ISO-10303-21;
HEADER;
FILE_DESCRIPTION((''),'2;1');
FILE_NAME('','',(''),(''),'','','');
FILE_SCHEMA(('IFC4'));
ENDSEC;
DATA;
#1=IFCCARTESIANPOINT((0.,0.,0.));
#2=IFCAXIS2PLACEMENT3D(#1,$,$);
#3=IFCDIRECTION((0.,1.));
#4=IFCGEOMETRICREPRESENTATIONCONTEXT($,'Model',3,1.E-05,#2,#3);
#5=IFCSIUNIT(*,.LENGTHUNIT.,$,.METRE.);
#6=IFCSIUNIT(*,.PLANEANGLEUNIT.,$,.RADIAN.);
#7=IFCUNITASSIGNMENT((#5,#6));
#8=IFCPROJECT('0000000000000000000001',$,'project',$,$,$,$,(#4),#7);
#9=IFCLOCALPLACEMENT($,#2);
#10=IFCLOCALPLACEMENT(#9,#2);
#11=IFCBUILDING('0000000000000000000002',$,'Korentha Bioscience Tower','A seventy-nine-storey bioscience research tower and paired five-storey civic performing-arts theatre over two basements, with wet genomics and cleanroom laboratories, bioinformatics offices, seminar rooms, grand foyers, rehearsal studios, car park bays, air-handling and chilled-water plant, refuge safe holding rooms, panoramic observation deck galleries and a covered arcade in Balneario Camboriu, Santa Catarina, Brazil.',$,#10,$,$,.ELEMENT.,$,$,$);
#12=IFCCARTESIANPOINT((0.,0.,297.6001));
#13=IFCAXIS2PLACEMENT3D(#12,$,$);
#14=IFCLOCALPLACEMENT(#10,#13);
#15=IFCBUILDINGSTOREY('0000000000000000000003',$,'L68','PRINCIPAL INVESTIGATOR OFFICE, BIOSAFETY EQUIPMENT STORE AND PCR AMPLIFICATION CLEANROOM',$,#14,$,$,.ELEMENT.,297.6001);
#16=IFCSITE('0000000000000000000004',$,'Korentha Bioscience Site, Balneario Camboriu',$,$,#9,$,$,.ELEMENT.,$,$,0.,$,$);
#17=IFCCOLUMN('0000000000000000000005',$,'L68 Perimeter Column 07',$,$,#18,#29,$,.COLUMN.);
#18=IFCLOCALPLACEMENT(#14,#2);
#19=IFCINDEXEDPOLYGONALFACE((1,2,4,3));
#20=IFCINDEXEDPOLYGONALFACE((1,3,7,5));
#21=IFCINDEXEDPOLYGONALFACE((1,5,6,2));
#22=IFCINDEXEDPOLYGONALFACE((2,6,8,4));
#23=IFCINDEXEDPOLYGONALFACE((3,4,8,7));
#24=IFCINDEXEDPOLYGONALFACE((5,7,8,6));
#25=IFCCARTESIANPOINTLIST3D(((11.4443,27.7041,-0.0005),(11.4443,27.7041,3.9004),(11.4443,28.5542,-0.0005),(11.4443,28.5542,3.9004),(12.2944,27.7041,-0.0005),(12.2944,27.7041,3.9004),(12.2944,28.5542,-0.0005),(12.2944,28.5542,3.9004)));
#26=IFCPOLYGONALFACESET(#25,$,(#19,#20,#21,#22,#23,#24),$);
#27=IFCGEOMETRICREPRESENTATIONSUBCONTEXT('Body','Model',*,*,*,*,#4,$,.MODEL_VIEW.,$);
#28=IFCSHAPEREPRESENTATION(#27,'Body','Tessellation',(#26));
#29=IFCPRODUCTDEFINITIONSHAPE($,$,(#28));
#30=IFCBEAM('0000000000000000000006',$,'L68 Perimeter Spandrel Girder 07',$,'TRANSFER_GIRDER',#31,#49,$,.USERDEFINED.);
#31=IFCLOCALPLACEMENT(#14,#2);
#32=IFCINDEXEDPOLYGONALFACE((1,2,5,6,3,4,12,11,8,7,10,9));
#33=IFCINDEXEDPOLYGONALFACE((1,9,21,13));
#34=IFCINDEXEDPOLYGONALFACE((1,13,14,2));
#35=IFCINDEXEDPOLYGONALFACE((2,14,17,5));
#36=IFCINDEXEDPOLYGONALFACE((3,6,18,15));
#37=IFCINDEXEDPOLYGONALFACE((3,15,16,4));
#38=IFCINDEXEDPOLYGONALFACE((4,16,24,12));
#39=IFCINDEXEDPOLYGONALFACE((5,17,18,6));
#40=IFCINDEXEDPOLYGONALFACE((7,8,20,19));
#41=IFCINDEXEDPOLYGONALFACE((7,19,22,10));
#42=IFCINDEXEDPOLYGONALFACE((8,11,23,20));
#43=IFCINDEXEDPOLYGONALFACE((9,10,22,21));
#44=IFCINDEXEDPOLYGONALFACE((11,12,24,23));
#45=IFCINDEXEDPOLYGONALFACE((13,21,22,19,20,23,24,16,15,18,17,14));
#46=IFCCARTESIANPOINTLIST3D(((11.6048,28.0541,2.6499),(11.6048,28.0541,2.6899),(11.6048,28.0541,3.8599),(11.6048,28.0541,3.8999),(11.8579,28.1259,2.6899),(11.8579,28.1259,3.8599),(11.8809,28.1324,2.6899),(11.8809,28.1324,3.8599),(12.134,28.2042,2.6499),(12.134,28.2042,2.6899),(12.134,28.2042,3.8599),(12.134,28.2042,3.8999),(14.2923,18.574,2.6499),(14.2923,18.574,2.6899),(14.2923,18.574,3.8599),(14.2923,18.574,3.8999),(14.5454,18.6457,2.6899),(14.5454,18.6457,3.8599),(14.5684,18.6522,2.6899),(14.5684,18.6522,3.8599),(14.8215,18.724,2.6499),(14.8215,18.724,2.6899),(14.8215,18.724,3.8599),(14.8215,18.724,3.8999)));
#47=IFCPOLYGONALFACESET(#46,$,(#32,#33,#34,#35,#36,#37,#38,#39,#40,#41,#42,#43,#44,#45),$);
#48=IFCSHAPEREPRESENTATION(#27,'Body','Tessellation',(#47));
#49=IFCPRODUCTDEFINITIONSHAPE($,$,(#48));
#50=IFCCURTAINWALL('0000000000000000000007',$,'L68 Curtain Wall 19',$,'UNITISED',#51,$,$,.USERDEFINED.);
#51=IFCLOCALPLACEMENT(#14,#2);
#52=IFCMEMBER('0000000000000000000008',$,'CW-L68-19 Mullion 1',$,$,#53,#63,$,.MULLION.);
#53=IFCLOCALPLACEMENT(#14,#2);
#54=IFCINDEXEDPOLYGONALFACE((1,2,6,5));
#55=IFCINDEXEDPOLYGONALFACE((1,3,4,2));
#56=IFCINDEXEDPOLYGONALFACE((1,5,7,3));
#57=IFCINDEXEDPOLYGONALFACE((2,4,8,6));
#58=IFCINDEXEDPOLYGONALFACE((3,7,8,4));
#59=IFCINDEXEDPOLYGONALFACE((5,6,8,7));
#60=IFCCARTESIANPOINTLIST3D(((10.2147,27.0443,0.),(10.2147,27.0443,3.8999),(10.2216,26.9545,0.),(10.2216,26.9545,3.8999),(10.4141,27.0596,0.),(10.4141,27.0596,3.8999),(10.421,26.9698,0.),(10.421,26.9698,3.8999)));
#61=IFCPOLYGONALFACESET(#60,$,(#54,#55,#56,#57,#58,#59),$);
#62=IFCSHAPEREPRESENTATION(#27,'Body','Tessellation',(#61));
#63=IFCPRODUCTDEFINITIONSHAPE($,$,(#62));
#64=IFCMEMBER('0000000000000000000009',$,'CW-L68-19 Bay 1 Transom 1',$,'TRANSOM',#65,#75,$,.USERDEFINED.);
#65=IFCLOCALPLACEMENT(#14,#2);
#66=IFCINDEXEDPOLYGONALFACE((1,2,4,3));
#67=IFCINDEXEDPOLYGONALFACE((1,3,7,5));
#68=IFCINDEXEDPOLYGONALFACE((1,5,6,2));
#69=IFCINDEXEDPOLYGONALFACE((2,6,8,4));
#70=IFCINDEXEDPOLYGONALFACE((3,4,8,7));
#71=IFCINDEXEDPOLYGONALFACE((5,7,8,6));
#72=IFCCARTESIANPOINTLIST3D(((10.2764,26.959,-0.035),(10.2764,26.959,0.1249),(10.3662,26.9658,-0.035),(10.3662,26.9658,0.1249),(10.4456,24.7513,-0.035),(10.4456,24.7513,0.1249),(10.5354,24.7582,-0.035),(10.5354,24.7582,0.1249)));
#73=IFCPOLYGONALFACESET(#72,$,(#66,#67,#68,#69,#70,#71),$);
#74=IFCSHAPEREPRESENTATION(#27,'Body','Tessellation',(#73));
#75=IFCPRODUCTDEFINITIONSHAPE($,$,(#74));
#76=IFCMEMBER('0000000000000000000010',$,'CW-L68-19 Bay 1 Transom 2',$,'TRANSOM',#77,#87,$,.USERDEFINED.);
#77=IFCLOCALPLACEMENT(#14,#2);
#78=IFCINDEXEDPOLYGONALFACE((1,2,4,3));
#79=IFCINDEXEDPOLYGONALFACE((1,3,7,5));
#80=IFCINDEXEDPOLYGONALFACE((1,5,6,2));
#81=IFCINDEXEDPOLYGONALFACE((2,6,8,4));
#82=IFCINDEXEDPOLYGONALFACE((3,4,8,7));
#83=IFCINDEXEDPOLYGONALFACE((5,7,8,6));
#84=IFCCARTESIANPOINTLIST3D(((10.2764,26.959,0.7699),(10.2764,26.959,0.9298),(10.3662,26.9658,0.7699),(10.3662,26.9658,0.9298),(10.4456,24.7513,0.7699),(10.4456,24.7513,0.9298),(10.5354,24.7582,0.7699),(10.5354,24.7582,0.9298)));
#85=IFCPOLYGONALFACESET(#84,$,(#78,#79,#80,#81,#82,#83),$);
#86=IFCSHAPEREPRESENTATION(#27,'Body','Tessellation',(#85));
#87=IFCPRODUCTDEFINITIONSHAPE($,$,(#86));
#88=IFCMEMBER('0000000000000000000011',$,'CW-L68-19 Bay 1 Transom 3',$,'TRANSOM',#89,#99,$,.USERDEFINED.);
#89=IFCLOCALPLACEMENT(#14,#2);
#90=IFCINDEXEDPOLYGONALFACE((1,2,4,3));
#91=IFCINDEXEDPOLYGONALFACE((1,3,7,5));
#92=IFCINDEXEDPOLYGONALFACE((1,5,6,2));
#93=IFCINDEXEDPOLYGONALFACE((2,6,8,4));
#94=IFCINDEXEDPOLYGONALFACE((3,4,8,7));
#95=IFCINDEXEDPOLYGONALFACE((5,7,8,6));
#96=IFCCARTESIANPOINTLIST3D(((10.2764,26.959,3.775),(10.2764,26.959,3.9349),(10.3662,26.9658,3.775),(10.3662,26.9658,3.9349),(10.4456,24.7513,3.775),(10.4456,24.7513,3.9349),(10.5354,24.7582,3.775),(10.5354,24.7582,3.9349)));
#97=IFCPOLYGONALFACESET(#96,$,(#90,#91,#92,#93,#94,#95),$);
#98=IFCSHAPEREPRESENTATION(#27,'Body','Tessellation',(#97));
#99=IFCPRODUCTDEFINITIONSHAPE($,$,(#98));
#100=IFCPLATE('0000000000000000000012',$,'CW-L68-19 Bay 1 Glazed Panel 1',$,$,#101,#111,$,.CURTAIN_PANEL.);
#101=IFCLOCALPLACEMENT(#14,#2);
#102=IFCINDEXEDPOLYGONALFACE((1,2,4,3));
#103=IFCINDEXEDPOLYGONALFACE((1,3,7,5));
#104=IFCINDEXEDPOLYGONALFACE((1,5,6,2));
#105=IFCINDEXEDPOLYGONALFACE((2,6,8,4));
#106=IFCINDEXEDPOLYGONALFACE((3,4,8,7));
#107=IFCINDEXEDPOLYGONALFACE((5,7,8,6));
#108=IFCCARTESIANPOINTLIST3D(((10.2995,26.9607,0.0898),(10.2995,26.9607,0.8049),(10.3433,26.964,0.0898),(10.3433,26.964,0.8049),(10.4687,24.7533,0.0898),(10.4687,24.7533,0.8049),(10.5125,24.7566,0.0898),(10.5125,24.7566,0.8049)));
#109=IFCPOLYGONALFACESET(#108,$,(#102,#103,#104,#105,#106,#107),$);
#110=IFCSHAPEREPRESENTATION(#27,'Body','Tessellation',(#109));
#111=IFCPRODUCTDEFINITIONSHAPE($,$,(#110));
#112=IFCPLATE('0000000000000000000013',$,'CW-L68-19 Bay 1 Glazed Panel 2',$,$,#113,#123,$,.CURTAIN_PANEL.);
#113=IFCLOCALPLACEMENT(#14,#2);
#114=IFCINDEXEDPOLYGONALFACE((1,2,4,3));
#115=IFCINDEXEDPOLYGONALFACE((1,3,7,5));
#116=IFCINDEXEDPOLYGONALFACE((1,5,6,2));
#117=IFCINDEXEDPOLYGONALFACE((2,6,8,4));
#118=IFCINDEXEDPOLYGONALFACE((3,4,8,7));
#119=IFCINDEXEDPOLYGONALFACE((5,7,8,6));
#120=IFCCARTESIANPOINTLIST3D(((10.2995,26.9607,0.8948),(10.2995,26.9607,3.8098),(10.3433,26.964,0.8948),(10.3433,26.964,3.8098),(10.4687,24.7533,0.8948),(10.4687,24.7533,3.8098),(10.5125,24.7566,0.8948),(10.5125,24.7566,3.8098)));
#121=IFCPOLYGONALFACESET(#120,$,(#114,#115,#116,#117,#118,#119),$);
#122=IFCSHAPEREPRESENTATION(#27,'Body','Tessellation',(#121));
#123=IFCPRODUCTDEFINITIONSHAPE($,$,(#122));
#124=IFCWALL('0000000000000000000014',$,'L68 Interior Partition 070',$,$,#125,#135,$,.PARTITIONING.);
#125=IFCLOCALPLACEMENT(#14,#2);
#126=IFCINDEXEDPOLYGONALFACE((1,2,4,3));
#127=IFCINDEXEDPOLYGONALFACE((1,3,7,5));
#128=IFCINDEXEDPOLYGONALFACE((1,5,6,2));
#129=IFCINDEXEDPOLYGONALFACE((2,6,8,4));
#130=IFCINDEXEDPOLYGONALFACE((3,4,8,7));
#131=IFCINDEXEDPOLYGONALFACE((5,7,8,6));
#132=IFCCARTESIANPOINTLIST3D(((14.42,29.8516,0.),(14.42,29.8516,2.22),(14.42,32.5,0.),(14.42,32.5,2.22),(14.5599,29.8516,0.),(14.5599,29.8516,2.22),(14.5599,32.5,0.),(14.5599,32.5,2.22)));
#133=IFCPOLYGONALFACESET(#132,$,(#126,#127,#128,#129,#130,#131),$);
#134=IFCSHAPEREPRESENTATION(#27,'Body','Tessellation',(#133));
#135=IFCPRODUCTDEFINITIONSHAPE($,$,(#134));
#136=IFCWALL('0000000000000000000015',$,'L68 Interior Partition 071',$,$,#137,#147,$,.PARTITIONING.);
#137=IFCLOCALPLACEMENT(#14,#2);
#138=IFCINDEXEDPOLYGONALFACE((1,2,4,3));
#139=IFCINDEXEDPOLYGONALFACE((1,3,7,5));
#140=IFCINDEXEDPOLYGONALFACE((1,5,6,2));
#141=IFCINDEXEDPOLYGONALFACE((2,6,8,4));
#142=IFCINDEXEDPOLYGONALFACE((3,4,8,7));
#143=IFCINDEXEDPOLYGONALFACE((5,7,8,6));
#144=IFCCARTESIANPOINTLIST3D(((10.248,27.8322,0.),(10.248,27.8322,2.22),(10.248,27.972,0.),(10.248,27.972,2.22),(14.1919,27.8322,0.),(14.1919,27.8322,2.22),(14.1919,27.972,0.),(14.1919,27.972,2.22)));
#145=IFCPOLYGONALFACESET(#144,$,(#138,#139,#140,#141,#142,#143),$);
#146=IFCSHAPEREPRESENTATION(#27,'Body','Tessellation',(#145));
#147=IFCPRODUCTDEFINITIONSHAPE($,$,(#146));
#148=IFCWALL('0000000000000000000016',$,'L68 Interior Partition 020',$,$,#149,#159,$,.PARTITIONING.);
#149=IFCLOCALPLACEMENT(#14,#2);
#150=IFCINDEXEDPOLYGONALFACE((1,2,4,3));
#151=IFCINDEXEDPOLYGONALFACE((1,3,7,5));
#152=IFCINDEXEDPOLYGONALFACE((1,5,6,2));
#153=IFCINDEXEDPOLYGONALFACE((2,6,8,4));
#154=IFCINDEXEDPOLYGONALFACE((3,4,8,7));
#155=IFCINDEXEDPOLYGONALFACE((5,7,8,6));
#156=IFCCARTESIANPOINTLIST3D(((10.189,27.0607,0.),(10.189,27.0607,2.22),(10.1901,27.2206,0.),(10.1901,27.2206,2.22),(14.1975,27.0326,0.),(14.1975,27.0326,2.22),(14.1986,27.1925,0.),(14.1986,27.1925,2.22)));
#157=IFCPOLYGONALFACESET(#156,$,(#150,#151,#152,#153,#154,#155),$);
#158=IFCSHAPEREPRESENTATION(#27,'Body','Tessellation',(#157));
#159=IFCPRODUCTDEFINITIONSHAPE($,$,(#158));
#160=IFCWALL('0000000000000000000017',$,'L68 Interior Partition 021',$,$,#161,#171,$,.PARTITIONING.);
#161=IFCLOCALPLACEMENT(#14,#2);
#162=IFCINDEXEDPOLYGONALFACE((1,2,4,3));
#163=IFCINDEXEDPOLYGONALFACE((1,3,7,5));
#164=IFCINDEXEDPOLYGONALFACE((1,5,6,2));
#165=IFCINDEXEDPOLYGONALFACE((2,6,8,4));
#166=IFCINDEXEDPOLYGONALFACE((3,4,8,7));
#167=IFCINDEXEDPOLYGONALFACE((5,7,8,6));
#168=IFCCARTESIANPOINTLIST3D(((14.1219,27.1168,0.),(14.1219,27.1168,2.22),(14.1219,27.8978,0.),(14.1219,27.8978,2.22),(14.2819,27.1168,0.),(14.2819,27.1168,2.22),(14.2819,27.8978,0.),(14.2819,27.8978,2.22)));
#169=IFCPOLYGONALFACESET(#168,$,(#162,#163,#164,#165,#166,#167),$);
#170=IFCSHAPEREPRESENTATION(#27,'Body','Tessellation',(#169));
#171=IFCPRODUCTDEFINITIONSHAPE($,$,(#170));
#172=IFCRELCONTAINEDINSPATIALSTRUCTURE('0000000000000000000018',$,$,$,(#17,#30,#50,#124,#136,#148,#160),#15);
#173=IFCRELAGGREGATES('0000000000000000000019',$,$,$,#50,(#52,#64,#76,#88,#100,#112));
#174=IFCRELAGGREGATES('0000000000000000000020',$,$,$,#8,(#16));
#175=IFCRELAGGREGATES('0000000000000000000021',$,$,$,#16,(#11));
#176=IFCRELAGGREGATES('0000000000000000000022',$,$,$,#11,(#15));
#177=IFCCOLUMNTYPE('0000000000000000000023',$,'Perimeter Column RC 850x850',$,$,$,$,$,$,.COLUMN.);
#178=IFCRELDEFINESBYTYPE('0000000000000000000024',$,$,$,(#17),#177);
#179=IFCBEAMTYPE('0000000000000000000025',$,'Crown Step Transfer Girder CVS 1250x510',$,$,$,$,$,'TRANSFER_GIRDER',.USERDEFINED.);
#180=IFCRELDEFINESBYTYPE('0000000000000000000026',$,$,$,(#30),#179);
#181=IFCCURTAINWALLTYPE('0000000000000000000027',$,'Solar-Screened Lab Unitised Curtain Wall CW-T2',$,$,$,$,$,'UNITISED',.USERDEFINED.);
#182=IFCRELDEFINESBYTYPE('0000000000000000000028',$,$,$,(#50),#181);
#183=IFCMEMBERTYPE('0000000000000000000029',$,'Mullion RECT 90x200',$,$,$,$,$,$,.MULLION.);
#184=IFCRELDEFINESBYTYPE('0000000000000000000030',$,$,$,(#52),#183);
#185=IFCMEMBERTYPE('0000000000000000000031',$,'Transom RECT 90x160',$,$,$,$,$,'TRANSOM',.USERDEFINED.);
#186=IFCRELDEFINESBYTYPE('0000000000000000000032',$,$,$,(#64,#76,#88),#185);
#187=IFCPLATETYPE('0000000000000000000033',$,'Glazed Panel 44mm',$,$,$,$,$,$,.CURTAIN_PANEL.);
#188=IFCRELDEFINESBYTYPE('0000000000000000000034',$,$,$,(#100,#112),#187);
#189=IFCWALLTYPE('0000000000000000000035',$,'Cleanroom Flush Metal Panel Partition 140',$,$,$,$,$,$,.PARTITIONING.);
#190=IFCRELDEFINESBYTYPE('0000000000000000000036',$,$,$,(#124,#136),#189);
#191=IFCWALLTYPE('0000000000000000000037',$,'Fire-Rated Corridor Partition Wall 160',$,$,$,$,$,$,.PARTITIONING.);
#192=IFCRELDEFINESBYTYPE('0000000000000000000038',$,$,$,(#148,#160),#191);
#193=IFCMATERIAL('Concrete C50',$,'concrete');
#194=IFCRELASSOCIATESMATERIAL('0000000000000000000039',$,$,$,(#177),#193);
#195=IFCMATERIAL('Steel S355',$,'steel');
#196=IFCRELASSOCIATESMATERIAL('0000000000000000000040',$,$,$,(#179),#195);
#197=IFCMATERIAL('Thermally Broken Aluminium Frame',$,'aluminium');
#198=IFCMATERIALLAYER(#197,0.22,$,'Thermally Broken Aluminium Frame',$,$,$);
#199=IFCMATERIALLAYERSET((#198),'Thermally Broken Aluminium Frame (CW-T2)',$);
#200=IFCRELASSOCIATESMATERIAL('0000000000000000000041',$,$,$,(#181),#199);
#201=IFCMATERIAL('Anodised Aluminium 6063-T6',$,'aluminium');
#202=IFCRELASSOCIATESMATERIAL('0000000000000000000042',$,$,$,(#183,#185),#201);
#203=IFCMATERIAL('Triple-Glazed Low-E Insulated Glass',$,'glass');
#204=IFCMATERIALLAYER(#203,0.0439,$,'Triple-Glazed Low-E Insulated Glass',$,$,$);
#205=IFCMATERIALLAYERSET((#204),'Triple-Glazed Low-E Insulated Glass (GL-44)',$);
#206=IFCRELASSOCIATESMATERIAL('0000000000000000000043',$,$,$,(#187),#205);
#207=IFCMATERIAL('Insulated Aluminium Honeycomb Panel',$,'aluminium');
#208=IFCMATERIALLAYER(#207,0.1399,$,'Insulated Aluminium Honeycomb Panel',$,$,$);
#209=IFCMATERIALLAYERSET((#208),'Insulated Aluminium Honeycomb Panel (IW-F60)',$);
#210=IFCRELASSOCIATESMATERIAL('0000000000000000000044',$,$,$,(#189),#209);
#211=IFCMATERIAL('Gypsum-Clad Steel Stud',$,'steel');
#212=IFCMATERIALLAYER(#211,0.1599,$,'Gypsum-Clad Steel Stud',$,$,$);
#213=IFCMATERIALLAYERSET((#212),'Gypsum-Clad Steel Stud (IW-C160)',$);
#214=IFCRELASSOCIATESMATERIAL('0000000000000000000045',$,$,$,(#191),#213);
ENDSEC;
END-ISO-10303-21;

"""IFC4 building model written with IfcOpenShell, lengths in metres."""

from ifc_helpers import new_model, si_unit, direction, frame, frame_2d, origin, origin_2d, place, context, subcontext, project, spatial, rectangle, i_section, extrude, material, layer, layer_set, material_profile, profile_set, type_object, element, aggregate, save


model = new_model("IFC4")

# Units and contexts
model_context = context("Model", 3, precision=1e-05, world=origin(), true_north=direction((0.0, 1.0)))
body_context = subcontext(model_context, "Body", "Model", "MODEL_VIEW")
ifc_project = project(units=[si_unit("LENGTHUNIT", "METRE"), si_unit("PLANEANGLEUNIT", "RADIAN")], contexts=[model_context])

# Site, building, storey
site_placement = place(None, origin())
site = spatial("IfcSite", under=ifc_project, at=site_placement, Name="Korentha Bioscience Site, Balneario Camboriu", CompositionType="ELEMENT", RefElevation=0.0)
building_placement = place(site_placement, origin())
building = spatial("IfcBuilding", under=site, at=building_placement, Name="Korentha Bioscience Tower", Description="A seventy-nine-storey bioscience research tower and paired five-storey civic performing-arts theatre over two basements, with wet genomics and cleanroom laboratories, bioinformatics offices, seminar rooms, grand foyers, rehearsal studios, car park bays, air-handling and chilled-water plant, refuge safe holding rooms, panoramic observation deck galleries and a covered arcade in Balneario Camboriu, Santa Catarina, Brazil.", CompositionType="ELEMENT")
storey_placement = place(building_placement, frame((0.0, 0.0, 297.6001)))
storey = spatial("IfcBuildingStorey", under=building, at=storey_placement, Name="L68", Description="PRINCIPAL INVESTIGATOR OFFICE, BIOSAFETY EQUIPMENT STORE AND PCR AMPLIFICATION CLEANROOM", CompositionType="ELEMENT", Elevation=297.6001)

# Column
ifc_material_1 = material(Name="Concrete C50", Category="concrete")
ifc_material_profile_1 = material_profile(ifc_material_1, rectangle(XDim=0.8501, YDim=0.8501, at=origin_2d()), Name="Concrete C50")
ifc_profile_set_1 = profile_set([ifc_material_profile_1], Name="Concrete C50 (COL-P08)")
column_type = type_object("IfcColumnType", Name="Perimeter Column RC 850x850", PredefinedType="COLUMN", material=ifc_profile_set_1)
column_placement = place(storey_placement, frame((11.8694, 28.1292, -0.0005), z_axis=(0.0, 0.0, 1.0), x_axis=(0.0, 1.0, 0.0)))
element("IfcColumn", 1, at=column_placement, inside=storey, type_object=column_type, Name="L68 Perimeter Column 07", PredefinedType="COLUMN", context=body_context, shape_type="SweptSolid", body=[
    extrude(rectangle(XDim=0.8501, YDim=0.8501, at=origin_2d()), origin(), (0.0, 0.0, 1.0), 3.9009),
])

# Beam
ifc_material_2 = material(Name="Steel S355", Category="steel")
ifc_material_profile_2 = material_profile(ifc_material_2, i_section(OverallWidth=0.55, OverallDepth=1.25, WebThickness=0.0239, FlangeThickness=0.04, at=origin_2d()), Name="Steel S355")
ifc_profile_set_2 = profile_set([ifc_material_profile_2], Name="Steel S355 (TG-03)")
beam_type = type_object("IfcBeamType", Name="Crown Step Transfer Girder CVS 1250x510", ElementType="TRANSFER_GIRDER", PredefinedType="USERDEFINED", material=ifc_profile_set_2)
beam_placement = place(storey_placement, frame((11.8694, 28.1292, 3.2749), z_axis=(0.272738, -0.962088, 0.0), x_axis=(0.962088, 0.272738, 0.0)))
element("IfcBeam", 2, at=beam_placement, inside=storey, type_object=beam_type, Name="L68 Perimeter Spandrel Girder 07", ObjectType="TRANSFER_GIRDER", PredefinedType="USERDEFINED", context=body_context, shape_type="SweptSolid", body=[
    extrude(i_section(OverallWidth=0.55, OverallDepth=1.25, WebThickness=0.0239, FlangeThickness=0.04, at=origin_2d()), origin(), (0.0, 0.0, 1.0), 9.8538),
])

# Curtain wall, members, plates
ifc_material_3 = material(Name="Thermally Broken Aluminium Frame", Category="aluminium")
ifc_layer_1 = layer(ifc_material_3, 0.22, Name="Thermally Broken Aluminium Frame")
ifc_layer_set_1 = layer_set([ifc_layer_1], Name="Thermally Broken Aluminium Frame (CW-T2)")
curtain_wall_type = type_object("IfcCurtainWallType", Name="Solar-Screened Lab Unitised Curtain Wall CW-T2", ElementType="UNITISED", PredefinedType="USERDEFINED", material=ifc_layer_set_1)
curtain_wall_placement = place(storey_placement, origin())
curtain_wall = element("IfcCurtainWall", 3, at=curtain_wall_placement, inside=storey, type_object=curtain_wall_type, Name="L68 Curtain Wall 19", ObjectType="UNITISED", PredefinedType="USERDEFINED")
ifc_material_4 = material(Name="Anodised Aluminium 6063-T6", Category="aluminium")
ifc_material_profile_3 = material_profile(ifc_material_4, rectangle(XDim=0.0901, YDim=0.2, at=origin_2d()), Name="Anodised Aluminium 6063-T6")
ifc_profile_set_3 = profile_set([ifc_material_profile_3], Name="Anodised Aluminium 6063-T6 (CW-MUL)")
member_type_1 = type_object("IfcMemberType", Name="Mullion RECT 90x200", PredefinedType="MULLION", material=ifc_profile_set_3)
member_1_placement = place(storey_placement, frame((10.3179, 27.0071, 0.0), z_axis=(0.0, 0.0, 1.0), x_axis=(0.076447, -0.997074, 0.0)))
member_1 = element("IfcMember", 4, at=member_1_placement, type_object=member_type_1, Name="CW-L68-19 Mullion 1", PredefinedType="MULLION", context=body_context, shape_type="SweptSolid", body=[
    extrude(rectangle(XDim=0.0901, YDim=0.2, at=origin_2d()), origin(), (0.0, 0.0, 1.0), 3.8999),
])
ifc_material_profile_4 = material_profile(ifc_material_4, rectangle(XDim=0.0901, YDim=0.1599, at=origin_2d()), Name="Anodised Aluminium 6063-T6")
ifc_profile_set_4 = profile_set([ifc_material_profile_4], Name="Anodised Aluminium 6063-T6 (CW-TRN)")
member_type_2 = type_object("IfcMemberType", Name="Transom RECT 90x160", ElementType="TRANSOM", PredefinedType="USERDEFINED", material=ifc_profile_set_4)
member_2_placement = place(storey_placement, frame((10.3213, 26.9624, 0.0449), z_axis=(0.076418, -0.997076, 0.0), x_axis=(0.997076, 0.076418, 0.0)))
member_2 = element("IfcMember", 5, at=member_2_placement, type_object=member_type_2, Name="CW-L68-19 Bay 1 Transom 1", ObjectType="TRANSOM", PredefinedType="USERDEFINED", context=body_context, shape_type="SweptSolid", body=[
    extrude(rectangle(XDim=0.0901, YDim=0.1599, at=origin_2d()), origin(), (0.0, 0.0, 1.0), 2.2141),
])
member_3_placement = place(storey_placement, frame((10.3213, 26.9624, 0.8499), z_axis=(0.076418, -0.997076, 0.0), x_axis=(0.997076, 0.076418, 0.0)))
member_3 = element("IfcMember", 6, at=member_3_placement, type_object=member_type_2, Name="CW-L68-19 Bay 1 Transom 2", ObjectType="TRANSOM", PredefinedType="USERDEFINED", context=body_context, shape_type="SweptSolid", body=[
    extrude(rectangle(XDim=0.0901, YDim=0.1599, at=origin_2d()), origin(), (0.0, 0.0, 1.0), 2.2141),
])
member_4_placement = place(storey_placement, frame((10.3213, 26.9624, 3.855), z_axis=(0.076418, -0.997076, 0.0), x_axis=(0.997076, 0.076418, 0.0)))
member_4 = element("IfcMember", 7, at=member_4_placement, type_object=member_type_2, Name="CW-L68-19 Bay 1 Transom 3", ObjectType="TRANSOM", PredefinedType="USERDEFINED", context=body_context, shape_type="SweptSolid", body=[
    extrude(rectangle(XDim=0.0901, YDim=0.1599, at=origin_2d()), origin(), (0.0, 0.0, 1.0), 2.2141),
])
ifc_material_5 = material(Name="Triple-Glazed Low-E Insulated Glass", Category="glass")
ifc_layer_2 = layer(ifc_material_5, 0.0439, Name="Triple-Glazed Low-E Insulated Glass")
ifc_layer_set_2 = layer_set([ifc_layer_2], Name="Triple-Glazed Low-E Insulated Glass (GL-44)")
plate_type = type_object("IfcPlateType", Name="Glazed Panel 44mm", PredefinedType="CURTAIN_PANEL", material=ifc_layer_set_2)
plate_1_placement = place(storey_placement, frame((10.406, 25.8586, 0.0898), z_axis=(0.0, 0.0, 1.0), x_axis=(0.076447, -0.997074, 0.0)))
plate_1 = element("IfcPlate", 8, at=plate_1_placement, type_object=plate_type, Name="CW-L68-19 Bay 1 Glazed Panel 1", PredefinedType="CURTAIN_PANEL", context=body_context, shape_type="SweptSolid", body=[
    extrude(rectangle(XDim=2.2139, YDim=0.0439, at=origin_2d()), origin(), (0.0, 0.0, 1.0), 0.7151),
])
plate_2_placement = place(storey_placement, frame((10.406, 25.8586, 0.8948), z_axis=(0.0, 0.0, 1.0), x_axis=(0.076447, -0.997074, 0.0)))
plate_2 = element("IfcPlate", 9, at=plate_2_placement, type_object=plate_type, Name="CW-L68-19 Bay 1 Glazed Panel 2", PredefinedType="CURTAIN_PANEL", context=body_context, shape_type="SweptSolid", body=[
    extrude(rectangle(XDim=2.2139, YDim=0.0439, at=origin_2d()), origin(), (0.0, 0.0, 1.0), 2.915),
])
aggregate(curtain_wall, [member_1, member_2, member_3, member_4, plate_1, plate_2])

# Walls
ifc_material_6 = material(Name="Insulated Aluminium Honeycomb Panel", Category="aluminium")
ifc_layer_3 = layer(ifc_material_6, 0.1399, Name="Insulated Aluminium Honeycomb Panel")
ifc_layer_set_3 = layer_set([ifc_layer_3], Name="Insulated Aluminium Honeycomb Panel (IW-F60)")
wall_type_1 = type_object("IfcWallType", Name="Cleanroom Flush Metal Panel Partition 140", PredefinedType="PARTITIONING", material=ifc_layer_set_3)
wall_1_placement = place(storey_placement, frame((14.49, 32.5, 0.0), z_axis=(0.0, 0.0, 1.0), x_axis=(0.0, -1.0, 0.0)))
element("IfcWall", 10, at=wall_1_placement, inside=storey, type_object=wall_type_1, Name="L68 Interior Partition 070", PredefinedType="PARTITIONING", context=body_context, shape_type="SweptSolid", body=[
    extrude(rectangle(XDim=2.6484, YDim=0.1399, at=frame_2d((1.3242, 0.0))), origin(), (0.0, 0.0, 1.0), 2.22),
])
wall_2_placement = place(storey_placement, frame((14.1919, 27.9021, 0.0), z_axis=(0.0, 0.0, 1.0), x_axis=(-1.0, 0.0, 0.0)))
element("IfcWall", 11, at=wall_2_placement, inside=storey, type_object=wall_type_1, Name="L68 Interior Partition 071", PredefinedType="PARTITIONING", context=body_context, shape_type="SweptSolid", body=[
    extrude(rectangle(XDim=3.9438, YDim=0.1399, at=frame_2d((1.9719, 0.0))), origin(), (0.0, 0.0, 1.0), 2.22),
])
ifc_material_7 = material(Name="Gypsum-Clad Steel Stud", Category="steel")
ifc_layer_4 = layer(ifc_material_7, 0.1599, Name="Gypsum-Clad Steel Stud")
ifc_layer_set_4 = layer_set([ifc_layer_4], Name="Gypsum-Clad Steel Stud (IW-C160)")
wall_type_2 = type_object("IfcWallType", Name="Fire-Rated Corridor Partition Wall 160", PredefinedType="PARTITIONING", material=ifc_layer_set_4)
wall_3_placement = place(storey_placement, frame((10.1895, 27.1406, 0.0), z_axis=(0.0, 0.0, 1.0), x_axis=(0.999975, -0.007004, 0.0)))
element("IfcWall", 12, at=wall_3_placement, inside=storey, type_object=wall_type_2, Name="L68 Interior Partition 020", PredefinedType="PARTITIONING", context=body_context, shape_type="SweptSolid", body=[
    extrude(rectangle(XDim=4.0085, YDim=0.1599, at=frame_2d((2.0044, 0.0))), origin(), (0.0, 0.0, 1.0), 2.22),
])
wall_4_placement = place(storey_placement, frame((14.2019, 27.1167, 0.0), z_axis=(0.0, 0.0, 1.0), x_axis=(0.0, 1.0, 0.0)))
element("IfcWall", 13, at=wall_4_placement, inside=storey, type_object=wall_type_2, Name="L68 Interior Partition 021", PredefinedType="PARTITIONING", context=body_context, shape_type="SweptSolid", body=[
    extrude(rectangle(XDim=0.781, YDim=0.1599, at=frame_2d((0.3906, 0.0))), origin(), (0.0, 0.0, 1.0), 2.22),
])

save(model, "model.ifc")
